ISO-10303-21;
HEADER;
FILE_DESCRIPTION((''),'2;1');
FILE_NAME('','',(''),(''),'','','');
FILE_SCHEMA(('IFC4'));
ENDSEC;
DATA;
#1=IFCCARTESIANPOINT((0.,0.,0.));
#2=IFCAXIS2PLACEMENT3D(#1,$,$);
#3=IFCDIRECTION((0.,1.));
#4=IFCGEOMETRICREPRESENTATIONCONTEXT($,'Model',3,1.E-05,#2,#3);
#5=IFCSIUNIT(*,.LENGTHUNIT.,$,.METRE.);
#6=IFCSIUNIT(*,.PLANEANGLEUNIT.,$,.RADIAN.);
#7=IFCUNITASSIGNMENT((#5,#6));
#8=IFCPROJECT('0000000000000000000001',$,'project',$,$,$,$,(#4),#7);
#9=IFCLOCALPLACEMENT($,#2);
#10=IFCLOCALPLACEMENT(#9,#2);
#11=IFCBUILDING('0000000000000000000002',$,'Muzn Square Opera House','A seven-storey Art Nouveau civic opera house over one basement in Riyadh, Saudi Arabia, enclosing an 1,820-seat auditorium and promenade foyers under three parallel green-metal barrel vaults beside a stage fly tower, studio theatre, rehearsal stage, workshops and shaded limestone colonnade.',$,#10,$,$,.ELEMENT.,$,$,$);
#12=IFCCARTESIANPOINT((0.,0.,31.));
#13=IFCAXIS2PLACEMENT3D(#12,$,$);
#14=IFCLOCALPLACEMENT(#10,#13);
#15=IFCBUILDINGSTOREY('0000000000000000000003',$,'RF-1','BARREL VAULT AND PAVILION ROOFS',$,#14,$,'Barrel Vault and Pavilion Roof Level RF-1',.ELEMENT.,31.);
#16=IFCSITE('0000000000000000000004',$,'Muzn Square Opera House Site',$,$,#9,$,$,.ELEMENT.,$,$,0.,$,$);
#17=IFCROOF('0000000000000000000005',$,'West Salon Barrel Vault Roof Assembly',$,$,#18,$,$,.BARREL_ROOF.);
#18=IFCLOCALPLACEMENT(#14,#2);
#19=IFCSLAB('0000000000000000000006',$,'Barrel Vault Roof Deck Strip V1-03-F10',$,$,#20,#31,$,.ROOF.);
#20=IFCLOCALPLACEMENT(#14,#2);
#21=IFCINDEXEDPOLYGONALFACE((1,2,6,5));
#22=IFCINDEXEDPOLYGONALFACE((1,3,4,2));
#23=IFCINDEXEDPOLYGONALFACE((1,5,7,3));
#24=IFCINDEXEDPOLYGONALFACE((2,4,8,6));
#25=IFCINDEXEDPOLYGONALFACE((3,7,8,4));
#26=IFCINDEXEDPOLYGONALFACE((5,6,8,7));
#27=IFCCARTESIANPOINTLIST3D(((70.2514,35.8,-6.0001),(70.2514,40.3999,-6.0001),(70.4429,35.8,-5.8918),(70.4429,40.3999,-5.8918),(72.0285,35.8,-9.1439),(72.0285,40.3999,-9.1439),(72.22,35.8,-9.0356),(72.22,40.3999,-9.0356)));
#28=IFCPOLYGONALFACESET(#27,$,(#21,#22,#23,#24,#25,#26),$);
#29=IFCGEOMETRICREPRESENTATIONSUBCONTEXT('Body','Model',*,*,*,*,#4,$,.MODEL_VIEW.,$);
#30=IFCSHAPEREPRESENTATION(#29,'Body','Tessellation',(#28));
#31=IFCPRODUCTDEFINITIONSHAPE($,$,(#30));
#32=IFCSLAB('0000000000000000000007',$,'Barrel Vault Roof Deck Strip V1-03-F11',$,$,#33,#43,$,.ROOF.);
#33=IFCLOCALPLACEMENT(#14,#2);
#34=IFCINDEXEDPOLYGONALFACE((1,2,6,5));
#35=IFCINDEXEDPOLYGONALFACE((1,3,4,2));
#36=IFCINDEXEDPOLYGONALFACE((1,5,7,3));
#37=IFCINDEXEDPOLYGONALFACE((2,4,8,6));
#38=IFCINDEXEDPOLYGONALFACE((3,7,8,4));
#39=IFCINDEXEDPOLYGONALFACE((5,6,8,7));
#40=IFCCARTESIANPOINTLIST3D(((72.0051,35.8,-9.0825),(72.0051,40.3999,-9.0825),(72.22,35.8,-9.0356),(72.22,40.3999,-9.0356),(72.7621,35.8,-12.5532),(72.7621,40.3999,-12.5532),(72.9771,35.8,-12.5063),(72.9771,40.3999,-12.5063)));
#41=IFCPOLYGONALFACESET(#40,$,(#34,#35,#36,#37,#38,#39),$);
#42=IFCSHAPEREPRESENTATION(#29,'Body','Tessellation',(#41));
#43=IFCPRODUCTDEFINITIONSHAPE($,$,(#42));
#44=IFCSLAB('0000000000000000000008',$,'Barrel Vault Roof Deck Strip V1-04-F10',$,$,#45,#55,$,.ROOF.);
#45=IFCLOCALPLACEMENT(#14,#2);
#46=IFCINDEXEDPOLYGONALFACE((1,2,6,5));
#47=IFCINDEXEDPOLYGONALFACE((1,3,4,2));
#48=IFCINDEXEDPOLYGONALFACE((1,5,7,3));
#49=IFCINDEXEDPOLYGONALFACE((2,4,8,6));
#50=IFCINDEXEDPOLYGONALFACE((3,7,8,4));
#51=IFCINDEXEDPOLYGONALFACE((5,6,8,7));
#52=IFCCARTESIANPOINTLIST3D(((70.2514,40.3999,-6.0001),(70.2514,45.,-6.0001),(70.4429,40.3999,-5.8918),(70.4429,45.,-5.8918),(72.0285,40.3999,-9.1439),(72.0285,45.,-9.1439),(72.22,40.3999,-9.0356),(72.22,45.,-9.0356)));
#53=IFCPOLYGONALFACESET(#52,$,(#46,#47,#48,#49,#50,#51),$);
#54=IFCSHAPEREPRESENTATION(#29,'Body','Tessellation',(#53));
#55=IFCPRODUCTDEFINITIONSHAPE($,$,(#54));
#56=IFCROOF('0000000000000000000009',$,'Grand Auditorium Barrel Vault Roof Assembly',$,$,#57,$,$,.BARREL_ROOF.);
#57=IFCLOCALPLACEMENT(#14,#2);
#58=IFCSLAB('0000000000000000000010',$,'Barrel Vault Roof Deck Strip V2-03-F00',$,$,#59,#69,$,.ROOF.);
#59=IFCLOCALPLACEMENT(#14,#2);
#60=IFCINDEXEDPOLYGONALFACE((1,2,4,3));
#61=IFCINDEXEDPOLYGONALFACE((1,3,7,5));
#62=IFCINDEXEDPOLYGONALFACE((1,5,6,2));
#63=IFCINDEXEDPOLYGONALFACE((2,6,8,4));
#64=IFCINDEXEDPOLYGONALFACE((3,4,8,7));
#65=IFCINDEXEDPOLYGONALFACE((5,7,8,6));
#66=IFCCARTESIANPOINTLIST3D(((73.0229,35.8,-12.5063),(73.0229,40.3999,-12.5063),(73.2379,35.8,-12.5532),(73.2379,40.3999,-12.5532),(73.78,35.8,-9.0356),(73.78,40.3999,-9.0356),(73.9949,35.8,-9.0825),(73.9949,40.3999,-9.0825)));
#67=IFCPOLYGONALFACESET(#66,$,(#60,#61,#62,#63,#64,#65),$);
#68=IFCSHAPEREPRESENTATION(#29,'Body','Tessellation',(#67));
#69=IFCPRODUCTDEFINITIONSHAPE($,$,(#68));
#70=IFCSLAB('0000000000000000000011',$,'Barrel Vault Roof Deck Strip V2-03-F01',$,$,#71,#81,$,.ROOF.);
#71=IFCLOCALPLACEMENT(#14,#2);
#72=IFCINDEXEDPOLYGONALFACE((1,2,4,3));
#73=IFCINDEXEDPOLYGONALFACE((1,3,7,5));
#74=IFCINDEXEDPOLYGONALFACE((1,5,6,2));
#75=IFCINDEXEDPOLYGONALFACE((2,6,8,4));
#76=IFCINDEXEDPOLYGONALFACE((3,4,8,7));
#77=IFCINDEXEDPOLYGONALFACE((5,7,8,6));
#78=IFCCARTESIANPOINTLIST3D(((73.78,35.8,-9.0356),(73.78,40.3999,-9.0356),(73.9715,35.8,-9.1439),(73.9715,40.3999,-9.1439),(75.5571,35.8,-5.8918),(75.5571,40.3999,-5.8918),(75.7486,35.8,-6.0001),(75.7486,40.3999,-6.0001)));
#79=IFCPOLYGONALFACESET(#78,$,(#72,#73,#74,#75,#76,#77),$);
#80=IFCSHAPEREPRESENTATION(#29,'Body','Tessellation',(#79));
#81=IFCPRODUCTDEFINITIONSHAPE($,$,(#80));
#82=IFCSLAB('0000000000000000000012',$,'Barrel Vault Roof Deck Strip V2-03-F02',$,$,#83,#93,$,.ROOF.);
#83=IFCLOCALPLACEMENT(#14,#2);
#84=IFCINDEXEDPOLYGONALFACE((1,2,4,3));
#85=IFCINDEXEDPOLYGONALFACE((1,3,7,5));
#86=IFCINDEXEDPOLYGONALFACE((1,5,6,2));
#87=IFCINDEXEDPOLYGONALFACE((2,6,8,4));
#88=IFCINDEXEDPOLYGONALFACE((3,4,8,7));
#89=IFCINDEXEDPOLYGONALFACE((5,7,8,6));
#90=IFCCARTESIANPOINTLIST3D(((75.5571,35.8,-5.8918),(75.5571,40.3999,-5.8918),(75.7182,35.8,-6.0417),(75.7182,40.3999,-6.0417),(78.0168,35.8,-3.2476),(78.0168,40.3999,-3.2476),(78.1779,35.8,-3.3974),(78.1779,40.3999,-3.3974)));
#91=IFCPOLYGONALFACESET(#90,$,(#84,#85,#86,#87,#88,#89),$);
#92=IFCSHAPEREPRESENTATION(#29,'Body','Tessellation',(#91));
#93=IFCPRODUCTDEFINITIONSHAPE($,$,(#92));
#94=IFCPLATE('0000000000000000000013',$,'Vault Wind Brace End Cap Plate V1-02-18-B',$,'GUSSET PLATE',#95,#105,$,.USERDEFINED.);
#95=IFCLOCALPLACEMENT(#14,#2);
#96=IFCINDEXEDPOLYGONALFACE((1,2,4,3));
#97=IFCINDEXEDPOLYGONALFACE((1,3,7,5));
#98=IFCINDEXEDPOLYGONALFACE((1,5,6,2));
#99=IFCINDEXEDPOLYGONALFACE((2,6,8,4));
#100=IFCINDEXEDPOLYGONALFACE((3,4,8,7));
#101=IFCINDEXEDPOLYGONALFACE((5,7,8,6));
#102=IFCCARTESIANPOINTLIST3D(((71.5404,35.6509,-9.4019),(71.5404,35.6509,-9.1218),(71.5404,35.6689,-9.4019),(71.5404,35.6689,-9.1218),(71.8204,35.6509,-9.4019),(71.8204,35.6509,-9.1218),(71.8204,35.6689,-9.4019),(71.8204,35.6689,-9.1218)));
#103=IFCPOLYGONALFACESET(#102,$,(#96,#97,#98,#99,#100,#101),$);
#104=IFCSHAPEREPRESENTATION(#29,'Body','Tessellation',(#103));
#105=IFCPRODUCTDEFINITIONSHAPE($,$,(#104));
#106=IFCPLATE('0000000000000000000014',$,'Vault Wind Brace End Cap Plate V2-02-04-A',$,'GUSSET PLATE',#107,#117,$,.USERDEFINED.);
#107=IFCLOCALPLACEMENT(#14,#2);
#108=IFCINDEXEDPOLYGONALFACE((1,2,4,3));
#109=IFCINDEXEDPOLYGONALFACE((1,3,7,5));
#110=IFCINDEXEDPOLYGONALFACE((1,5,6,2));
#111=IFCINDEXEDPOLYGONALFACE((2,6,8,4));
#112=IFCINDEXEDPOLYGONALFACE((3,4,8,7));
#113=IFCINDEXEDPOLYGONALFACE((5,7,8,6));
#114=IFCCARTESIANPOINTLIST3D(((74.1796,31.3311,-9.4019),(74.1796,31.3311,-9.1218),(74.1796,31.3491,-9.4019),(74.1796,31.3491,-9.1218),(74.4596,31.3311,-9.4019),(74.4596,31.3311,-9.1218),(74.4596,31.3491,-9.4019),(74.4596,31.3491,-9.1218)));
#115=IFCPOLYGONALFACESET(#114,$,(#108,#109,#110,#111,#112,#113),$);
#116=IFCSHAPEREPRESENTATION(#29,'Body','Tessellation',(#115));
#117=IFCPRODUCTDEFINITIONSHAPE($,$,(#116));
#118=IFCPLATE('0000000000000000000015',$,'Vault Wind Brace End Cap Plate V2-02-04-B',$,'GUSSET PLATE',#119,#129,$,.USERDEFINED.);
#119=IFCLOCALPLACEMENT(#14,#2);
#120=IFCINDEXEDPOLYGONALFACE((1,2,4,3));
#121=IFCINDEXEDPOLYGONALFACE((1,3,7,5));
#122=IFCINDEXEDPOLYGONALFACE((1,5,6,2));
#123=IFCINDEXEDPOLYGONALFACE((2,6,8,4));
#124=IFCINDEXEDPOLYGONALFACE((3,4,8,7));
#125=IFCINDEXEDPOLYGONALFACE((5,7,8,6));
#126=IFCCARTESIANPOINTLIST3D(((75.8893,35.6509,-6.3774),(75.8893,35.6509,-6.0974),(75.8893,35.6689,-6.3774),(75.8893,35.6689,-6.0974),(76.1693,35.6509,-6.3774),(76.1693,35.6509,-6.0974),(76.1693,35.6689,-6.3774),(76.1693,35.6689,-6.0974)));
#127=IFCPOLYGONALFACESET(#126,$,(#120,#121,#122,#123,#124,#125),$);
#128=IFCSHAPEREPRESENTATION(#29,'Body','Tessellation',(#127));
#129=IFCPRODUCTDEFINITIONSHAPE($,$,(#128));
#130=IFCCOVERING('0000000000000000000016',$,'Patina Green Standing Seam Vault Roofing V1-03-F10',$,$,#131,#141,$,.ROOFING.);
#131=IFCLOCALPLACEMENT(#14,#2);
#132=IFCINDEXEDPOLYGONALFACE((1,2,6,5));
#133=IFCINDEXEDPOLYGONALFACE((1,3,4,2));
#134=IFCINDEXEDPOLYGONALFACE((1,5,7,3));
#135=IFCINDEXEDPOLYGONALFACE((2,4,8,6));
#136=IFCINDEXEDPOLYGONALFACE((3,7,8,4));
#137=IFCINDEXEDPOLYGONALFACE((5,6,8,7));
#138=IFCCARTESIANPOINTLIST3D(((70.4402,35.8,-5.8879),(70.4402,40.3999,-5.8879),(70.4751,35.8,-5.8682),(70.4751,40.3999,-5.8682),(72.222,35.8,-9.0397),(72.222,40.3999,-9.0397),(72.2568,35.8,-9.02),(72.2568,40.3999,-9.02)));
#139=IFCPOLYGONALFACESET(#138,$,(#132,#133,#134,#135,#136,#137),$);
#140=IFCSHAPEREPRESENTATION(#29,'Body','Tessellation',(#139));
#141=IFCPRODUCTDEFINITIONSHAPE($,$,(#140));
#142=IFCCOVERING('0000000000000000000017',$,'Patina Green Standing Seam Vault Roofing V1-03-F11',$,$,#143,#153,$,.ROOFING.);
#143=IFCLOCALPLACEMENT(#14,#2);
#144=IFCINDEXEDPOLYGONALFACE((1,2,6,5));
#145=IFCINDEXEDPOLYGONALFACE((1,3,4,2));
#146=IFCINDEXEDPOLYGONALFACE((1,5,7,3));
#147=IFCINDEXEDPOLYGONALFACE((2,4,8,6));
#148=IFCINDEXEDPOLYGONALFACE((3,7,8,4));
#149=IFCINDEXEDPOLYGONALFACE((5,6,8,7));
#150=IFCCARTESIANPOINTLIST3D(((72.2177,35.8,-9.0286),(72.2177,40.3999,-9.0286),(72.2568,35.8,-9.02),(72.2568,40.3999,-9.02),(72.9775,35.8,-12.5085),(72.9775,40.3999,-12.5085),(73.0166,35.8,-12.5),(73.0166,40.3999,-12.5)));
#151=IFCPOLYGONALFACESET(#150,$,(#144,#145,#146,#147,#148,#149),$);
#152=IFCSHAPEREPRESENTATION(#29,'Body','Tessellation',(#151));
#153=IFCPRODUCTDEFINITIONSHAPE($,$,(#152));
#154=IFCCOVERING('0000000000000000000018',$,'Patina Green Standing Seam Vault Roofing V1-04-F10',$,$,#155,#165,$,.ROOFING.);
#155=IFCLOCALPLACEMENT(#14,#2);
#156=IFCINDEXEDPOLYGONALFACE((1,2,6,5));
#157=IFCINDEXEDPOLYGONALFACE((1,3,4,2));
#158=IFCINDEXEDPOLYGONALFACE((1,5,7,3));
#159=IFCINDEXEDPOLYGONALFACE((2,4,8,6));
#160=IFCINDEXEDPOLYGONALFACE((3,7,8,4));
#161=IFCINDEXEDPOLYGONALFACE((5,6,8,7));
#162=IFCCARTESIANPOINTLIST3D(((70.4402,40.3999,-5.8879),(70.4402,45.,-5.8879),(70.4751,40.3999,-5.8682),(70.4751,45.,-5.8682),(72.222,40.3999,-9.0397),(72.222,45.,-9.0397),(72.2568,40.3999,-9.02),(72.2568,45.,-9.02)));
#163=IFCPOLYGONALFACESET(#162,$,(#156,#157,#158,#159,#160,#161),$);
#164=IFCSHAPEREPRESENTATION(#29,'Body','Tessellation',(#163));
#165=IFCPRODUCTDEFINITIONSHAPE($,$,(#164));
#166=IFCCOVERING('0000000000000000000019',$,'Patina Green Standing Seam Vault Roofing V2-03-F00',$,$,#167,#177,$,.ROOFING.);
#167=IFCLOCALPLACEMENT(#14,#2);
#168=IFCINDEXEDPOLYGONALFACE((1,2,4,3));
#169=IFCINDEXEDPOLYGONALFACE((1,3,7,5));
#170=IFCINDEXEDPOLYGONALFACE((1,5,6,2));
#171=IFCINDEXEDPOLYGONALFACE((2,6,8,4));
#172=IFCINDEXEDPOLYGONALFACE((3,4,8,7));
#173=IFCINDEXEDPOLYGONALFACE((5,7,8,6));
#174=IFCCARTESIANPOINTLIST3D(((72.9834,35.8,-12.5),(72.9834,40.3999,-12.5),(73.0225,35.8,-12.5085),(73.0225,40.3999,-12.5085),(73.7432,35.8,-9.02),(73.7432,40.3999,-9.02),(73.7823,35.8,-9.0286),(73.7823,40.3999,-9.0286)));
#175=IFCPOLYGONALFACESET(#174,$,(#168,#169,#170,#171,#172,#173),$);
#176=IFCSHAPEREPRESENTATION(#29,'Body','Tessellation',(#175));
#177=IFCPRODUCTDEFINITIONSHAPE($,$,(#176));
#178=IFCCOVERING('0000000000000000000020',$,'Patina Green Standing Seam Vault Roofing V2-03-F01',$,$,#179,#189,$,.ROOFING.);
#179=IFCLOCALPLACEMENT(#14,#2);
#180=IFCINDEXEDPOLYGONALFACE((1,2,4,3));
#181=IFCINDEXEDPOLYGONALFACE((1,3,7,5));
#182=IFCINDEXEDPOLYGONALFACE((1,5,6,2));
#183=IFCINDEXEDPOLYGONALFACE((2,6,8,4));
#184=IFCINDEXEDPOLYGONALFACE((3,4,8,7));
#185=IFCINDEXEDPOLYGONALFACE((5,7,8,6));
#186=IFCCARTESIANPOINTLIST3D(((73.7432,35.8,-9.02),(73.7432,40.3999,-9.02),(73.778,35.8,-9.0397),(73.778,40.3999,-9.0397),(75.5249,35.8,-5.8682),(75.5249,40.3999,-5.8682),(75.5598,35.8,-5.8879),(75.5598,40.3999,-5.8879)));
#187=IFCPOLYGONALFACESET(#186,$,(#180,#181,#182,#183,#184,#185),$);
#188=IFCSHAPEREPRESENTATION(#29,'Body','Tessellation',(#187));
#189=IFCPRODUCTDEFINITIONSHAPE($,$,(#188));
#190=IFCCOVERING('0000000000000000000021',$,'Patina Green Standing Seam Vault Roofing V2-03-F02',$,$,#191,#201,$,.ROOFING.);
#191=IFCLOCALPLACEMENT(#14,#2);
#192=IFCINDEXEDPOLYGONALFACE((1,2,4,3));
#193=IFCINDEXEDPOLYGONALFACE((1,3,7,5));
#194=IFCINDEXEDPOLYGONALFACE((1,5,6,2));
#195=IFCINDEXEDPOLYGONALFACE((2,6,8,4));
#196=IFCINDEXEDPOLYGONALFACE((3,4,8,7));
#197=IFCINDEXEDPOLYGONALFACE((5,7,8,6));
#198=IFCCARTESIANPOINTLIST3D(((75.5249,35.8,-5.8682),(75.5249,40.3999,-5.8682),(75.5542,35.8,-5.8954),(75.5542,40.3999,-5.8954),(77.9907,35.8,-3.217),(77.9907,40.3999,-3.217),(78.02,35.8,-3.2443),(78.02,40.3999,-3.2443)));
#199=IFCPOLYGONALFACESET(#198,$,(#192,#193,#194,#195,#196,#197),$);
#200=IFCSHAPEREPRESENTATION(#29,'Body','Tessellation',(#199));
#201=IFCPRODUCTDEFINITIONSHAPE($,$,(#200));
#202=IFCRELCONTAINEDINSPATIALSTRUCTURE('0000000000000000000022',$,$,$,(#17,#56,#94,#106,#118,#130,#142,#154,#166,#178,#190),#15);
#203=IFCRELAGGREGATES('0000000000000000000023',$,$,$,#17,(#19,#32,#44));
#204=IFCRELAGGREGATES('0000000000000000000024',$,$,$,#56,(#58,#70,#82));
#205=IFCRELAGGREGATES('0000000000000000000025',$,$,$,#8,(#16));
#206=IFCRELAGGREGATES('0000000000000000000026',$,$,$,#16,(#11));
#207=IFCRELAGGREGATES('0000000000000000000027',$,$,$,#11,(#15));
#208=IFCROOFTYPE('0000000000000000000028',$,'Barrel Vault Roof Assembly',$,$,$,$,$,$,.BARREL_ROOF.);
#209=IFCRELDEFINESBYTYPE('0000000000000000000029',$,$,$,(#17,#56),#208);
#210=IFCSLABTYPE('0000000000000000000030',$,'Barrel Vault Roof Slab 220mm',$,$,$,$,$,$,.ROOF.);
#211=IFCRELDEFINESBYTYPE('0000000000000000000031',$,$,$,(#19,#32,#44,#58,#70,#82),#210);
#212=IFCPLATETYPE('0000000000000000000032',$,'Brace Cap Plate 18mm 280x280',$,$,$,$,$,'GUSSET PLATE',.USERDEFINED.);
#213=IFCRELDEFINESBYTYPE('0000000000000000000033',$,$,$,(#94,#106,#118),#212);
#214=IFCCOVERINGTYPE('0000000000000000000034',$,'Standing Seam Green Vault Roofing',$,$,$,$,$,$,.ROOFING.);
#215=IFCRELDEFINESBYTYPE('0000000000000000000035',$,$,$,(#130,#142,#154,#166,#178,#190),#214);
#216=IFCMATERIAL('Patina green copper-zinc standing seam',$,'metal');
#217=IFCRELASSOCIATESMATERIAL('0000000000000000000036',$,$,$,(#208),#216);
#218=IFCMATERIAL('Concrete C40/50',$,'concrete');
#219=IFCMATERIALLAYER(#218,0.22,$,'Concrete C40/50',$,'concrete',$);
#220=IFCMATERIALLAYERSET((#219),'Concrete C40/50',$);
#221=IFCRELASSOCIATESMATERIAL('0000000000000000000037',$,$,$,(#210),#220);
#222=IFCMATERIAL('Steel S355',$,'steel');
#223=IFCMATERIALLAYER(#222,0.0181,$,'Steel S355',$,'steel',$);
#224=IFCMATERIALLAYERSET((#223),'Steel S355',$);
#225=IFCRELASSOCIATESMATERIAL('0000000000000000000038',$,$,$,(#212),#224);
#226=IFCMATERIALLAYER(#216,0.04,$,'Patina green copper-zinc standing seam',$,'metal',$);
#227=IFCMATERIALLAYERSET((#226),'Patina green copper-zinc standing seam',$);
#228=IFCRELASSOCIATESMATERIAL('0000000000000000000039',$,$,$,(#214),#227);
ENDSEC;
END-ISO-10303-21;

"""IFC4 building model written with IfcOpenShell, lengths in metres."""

from ifc_helpers import new_model, si_unit, direction, frame, origin, origin_2d, place, context, subcontext, project, spatial, polyline, rectangle, outline, extrude, material, layer, layer_set, type_object, element, aggregate, save


model = new_model("IFC4")

# Units and contexts
model_context = context("Model", 3, precision=1e-05, world=origin(), true_north=direction((0.0, 1.0)))
body_context = subcontext(model_context, "Body", "Model", "MODEL_VIEW")
ifc_project = project(units=[si_unit("LENGTHUNIT", "METRE"), si_unit("PLANEANGLEUNIT", "RADIAN")], contexts=[model_context])

# Site, building, storey
site_placement = place(None, origin())
site = spatial("IfcSite", under=ifc_project, at=site_placement, Name="Muzn Square Opera House Site", CompositionType="ELEMENT", RefElevation=0.0)
building_placement = place(site_placement, origin())
building = spatial("IfcBuilding", under=site, at=building_placement, Name="Muzn Square Opera House", Description="A seven-storey Art Nouveau civic opera house over one basement in Riyadh, Saudi Arabia, enclosing an 1,820-seat auditorium and promenade foyers under three parallel green-metal barrel vaults beside a stage fly tower, studio theatre, rehearsal stage, workshops and shaded limestone colonnade.", CompositionType="ELEMENT")
storey_placement = place(building_placement, frame((0.0, 0.0, 31.0)))
storey = spatial("IfcBuildingStorey", under=building, at=storey_placement, Name="RF-1", Description="BARREL VAULT AND PAVILION ROOFS", LongName="Barrel Vault and Pavilion Roof Level RF-1", CompositionType="ELEMENT", Elevation=31.0)

# Shared definitions
ifc_material_1 = material(Name="Steel S355", Category="steel")

# Roofs, slabs
ifc_material_2 = material(Name="Patina green copper-zinc standing seam", Category="metal")
roof_type = type_object("IfcRoofType", Name="Barrel Vault Roof Assembly", PredefinedType="BARREL_ROOF", material=ifc_material_2)
roof_1_placement = place(storey_placement, origin())
roof_1 = element("IfcRoof", 1, at=roof_1_placement, inside=storey, type_object=roof_type, Name="West Salon Barrel Vault Roof Assembly", PredefinedType="BARREL_ROOF")
ifc_material_3 = material(Name="Concrete C40/50", Category="concrete")
ifc_layer_1 = layer(ifc_material_3, 0.22, Name="Concrete C40/50", Category="concrete")
ifc_layer_set_1 = layer_set([ifc_layer_1], Name="Concrete C40/50")
slab_type = type_object("IfcSlabType", Name="Barrel Vault Roof Slab 220mm", PredefinedType="ROOF", material=ifc_layer_set_1)
slab_1_placement = place(storey_placement, frame((70.4429, 35.8, -5.8918), z_axis=(0.870543, 0.0, 0.492093), x_axis=(0.492093, 0.0, -0.870543)))
slab_1 = element("IfcSlab", 2, at=slab_1_placement, type_object=slab_type, Name="Barrel Vault Roof Deck Strip V1-03-F10", PredefinedType="ROOF", context=body_context, shape_type="SweptSolid", body=[
    extrude(outline(polyline([(0.0, 0.0), (3.6113, 0.0), (3.6113, 4.5999), (0.0, 4.5999), (0.0, 0.0)])), origin(), (0.0, 0.0, -1.0), 0.22),
])
slab_2_placement = place(storey_placement, frame((72.22, 35.8, -9.0356), z_axis=(0.977025, 0.0, 0.213123), x_axis=(0.213123, 0.0, -0.977025)))
slab_2 = element("IfcSlab", 3, at=slab_2_placement, type_object=slab_type, Name="Barrel Vault Roof Deck Strip V1-03-F11", PredefinedType="ROOF", context=body_context, shape_type="SweptSolid", body=[
    extrude(outline(polyline([(0.0, 0.0), (3.5523, 0.0), (3.5523, 4.5999), (0.0, 4.5999), (0.0, 0.0)])), origin(), (0.0, 0.0, -1.0), 0.22),
])
slab_3_placement = place(storey_placement, frame((70.4429, 40.3999, -5.8918), z_axis=(0.870543, 0.0, 0.492093), x_axis=(0.492093, 0.0, -0.870543)))
slab_3 = element("IfcSlab", 4, at=slab_3_placement, type_object=slab_type, Name="Barrel Vault Roof Deck Strip V1-04-F10", PredefinedType="ROOF", context=body_context, shape_type="SweptSolid", body=[
    extrude(outline(polyline([(0.0, 0.0), (3.6113, 0.0), (3.6113, 4.6001), (0.0, 4.6001), (0.0, 0.0)])), origin(), (0.0, 0.0, -1.0), 0.22),
])
aggregate(roof_1, [slab_1, slab_2, slab_3])
roof_2_placement = place(storey_placement, origin())
roof_2 = element("IfcRoof", 5, at=roof_2_placement, inside=storey, type_object=roof_type, Name="Grand Auditorium Barrel Vault Roof Assembly", PredefinedType="BARREL_ROOF")
slab_4_placement = place(storey_placement, frame((73.78, 35.8, -9.0356), z_axis=(-0.977025, 0.0, 0.213123), x_axis=(0.0, 1.0, 0.0)))
slab_4 = element("IfcSlab", 6, at=slab_4_placement, type_object=slab_type, Name="Barrel Vault Roof Deck Strip V2-03-F00", PredefinedType="ROOF", context=body_context, shape_type="SweptSolid", body=[
    extrude(outline(polyline([(0.0, 3.5523), (0.0, 0.0), (4.5999, 0.0), (4.5999, 3.5523), (0.0, 3.5523)])), origin(), (0.0, 0.0, -1.0), 0.22),
])
slab_5_placement = place(storey_placement, frame((75.5571, 35.8, -5.8918), z_axis=(-0.870543, 0.0, 0.492093), x_axis=(0.0, 1.0, 0.0)))
slab_5 = element("IfcSlab", 7, at=slab_5_placement, type_object=slab_type, Name="Barrel Vault Roof Deck Strip V2-03-F01", PredefinedType="ROOF", context=body_context, shape_type="SweptSolid", body=[
    extrude(outline(polyline([(0.0, 3.6113), (0.0, 0.0), (4.5999, 0.0), (4.5999, 3.6113), (0.0, 3.6113)])), origin(), (0.0, 0.0, -1.0), 0.22),
])
slab_6_placement = place(storey_placement, frame((78.0168, 35.8, -3.2476), z_axis=(-0.732198, 0.0, 0.681091), x_axis=(0.0, 1.0, 0.0)))
slab_6 = element("IfcSlab", 8, at=slab_6_placement, type_object=slab_type, Name="Barrel Vault Roof Deck Strip V2-03-F02", PredefinedType="ROOF", context=body_context, shape_type="SweptSolid", body=[
    extrude(outline(polyline([(0.0, 3.6114), (0.0, 0.0), (4.5999, 0.0), (4.5999, 3.6114), (0.0, 3.6114)])), origin(), (0.0, 0.0, -1.0), 0.22),
])
aggregate(roof_2, [slab_4, slab_5, slab_6])

# Plates
ifc_layer_2 = layer(ifc_material_1, 0.0181, Name="Steel S355", Category="steel")
ifc_layer_set_2 = layer_set([ifc_layer_2], Name="Steel S355")
plate_type = type_object("IfcPlateType", Name="Brace Cap Plate 18mm 280x280", ElementType="GUSSET PLATE", PredefinedType="USERDEFINED", material=ifc_layer_set_2)
for number, where, z_axis, x_axis, name in (
    (9, (71.6804, 35.6599, -9.4019), (0.0, 0.0, 1.0), (1.0, 0.0, 0.0), "Vault Wind Brace End Cap Plate V1-02-18-B"),
    (10, (74.3196, 31.3401, -9.4019), (0.0, 0.0, 1.0), (1.0, 0.0, 0.0), "Vault Wind Brace End Cap Plate V2-02-04-A"),
    (11, (76.0293, 35.6599, -6.3774), (0.0, 0.0, 1.0), (1.0, 0.0, 0.0), "Vault Wind Brace End Cap Plate V2-02-04-B"),
):
    element("IfcPlate", number, at=place(storey_placement, frame(where, z_axis=z_axis, x_axis=x_axis)), inside=storey, type_object=plate_type, Name=name, ObjectType="GUSSET PLATE", PredefinedType="USERDEFINED", context=body_context, shape_type="SweptSolid", body=[
        extrude(rectangle(XDim=0.28, YDim=0.0181, at=origin_2d()), origin(), (0.0, 0.0, 1.0), 0.28),
    ])

# Coverings
ifc_layer_3 = layer(ifc_material_2, 0.04, Name="Patina green copper-zinc standing seam", Category="metal")
ifc_layer_set_3 = layer_set([ifc_layer_3], Name="Patina green copper-zinc standing seam")
covering_type = type_object("IfcCoveringType", Name="Standing Seam Green Vault Roofing", PredefinedType="ROOFING", material=ifc_layer_set_3)
covering_1_placement = place(storey_placement, frame((70.4751, 35.8, -5.8682), z_axis=(0.870533, 0.0, 0.492111), x_axis=(0.492111, 0.0, -0.870533)))
element("IfcCovering", 12, at=covering_1_placement, inside=storey, type_object=covering_type, Name="Patina Green Standing Seam Vault Roofing V1-03-F10", PredefinedType="ROOFING", context=body_context, shape_type="SweptSolid", body=[
    extrude(outline(polyline([(0.0, 0.0), (3.6206, 0.0), (3.6206, 4.5999), (0.0, 4.5999), (0.0, 0.0)])), origin(), (0.0, 0.0, -1.0), 0.04),
])
covering_2_placement = place(storey_placement, frame((72.2568, 35.8, -9.02), z_axis=(0.976987, 0.0, 0.2133), x_axis=(0.2133, 0.0, -0.976987)))
element("IfcCovering", 13, at=covering_2_placement, inside=storey, type_object=covering_type, Name="Patina Green Standing Seam Vault Roofing V1-03-F11", PredefinedType="ROOFING", context=body_context, shape_type="SweptSolid", body=[
    extrude(outline(polyline([(0.0, 0.0), (3.562, 0.0), (3.562, 4.5999), (0.0, 4.5999), (0.0, 0.0)])), origin(), (0.0, 0.0, -1.0), 0.04),
])
covering_3_placement = place(storey_placement, frame((70.4751, 40.3999, -5.8682), z_axis=(0.870533, 0.0, 0.492111), x_axis=(0.492111, 0.0, -0.870533)))
element("IfcCovering", 14, at=covering_3_placement, inside=storey, type_object=covering_type, Name="Patina Green Standing Seam Vault Roofing V1-04-F10", PredefinedType="ROOFING", context=body_context, shape_type="SweptSolid", body=[
    extrude(outline(polyline([(0.0, 0.0), (3.6206, 0.0), (3.6206, 4.6001), (0.0, 4.6001), (0.0, 0.0)])), origin(), (0.0, 0.0, -1.0), 0.04),
])
covering_4_placement = place(storey_placement, frame((73.7432, 35.8, -9.02), z_axis=(-0.976987, 0.0, 0.2133), x_axis=(0.0, 1.0, 0.0)))
element("IfcCovering", 15, at=covering_4_placement, inside=storey, type_object=covering_type, Name="Patina Green Standing Seam Vault Roofing V2-03-F00", PredefinedType="ROOFING", context=body_context, shape_type="SweptSolid", body=[
    extrude(outline(polyline([(0.0, 3.562), (0.0, 0.0), (4.5999, 0.0), (4.5999, 3.562), (0.0, 3.562)])), origin(), (0.0, 0.0, -1.0), 0.04),
])
covering_5_placement = place(storey_placement, frame((75.5249, 35.8, -5.8682), z_axis=(-0.870533, 0.0, 0.492111), x_axis=(0.0, 1.0, 0.0)))
element("IfcCovering", 16, at=covering_5_placement, inside=storey, type_object=covering_type, Name="Patina Green Standing Seam Vault Roofing V2-03-F01", PredefinedType="ROOFING", context=body_context, shape_type="SweptSolid", body=[
    extrude(outline(polyline([(0.0, 3.6206), (0.0, 0.0), (4.5999, 0.0), (4.5999, 3.6206), (0.0, 3.6206)])), origin(), (0.0, 0.0, -1.0), 0.04),
])
covering_6_placement = place(storey_placement, frame((77.9907, 35.8, -3.217), z_axis=(-0.732234, 0.0, 0.681053), x_axis=(0.0, 1.0, 0.0)))
element("IfcCovering", 17, at=covering_6_placement, inside=storey, type_object=covering_type, Name="Patina Green Standing Seam Vault Roofing V2-03-F02", PredefinedType="ROOFING", context=body_context, shape_type="SweptSolid", body=[
    extrude(outline(polyline([(0.0, 3.6206), (0.0, 0.0), (4.5999, 0.0), (4.5999, 3.6206), (0.0, 3.6206)])), origin(), (0.0, 0.0, -1.0), 0.04),
])

save(model, "model.ifc")
